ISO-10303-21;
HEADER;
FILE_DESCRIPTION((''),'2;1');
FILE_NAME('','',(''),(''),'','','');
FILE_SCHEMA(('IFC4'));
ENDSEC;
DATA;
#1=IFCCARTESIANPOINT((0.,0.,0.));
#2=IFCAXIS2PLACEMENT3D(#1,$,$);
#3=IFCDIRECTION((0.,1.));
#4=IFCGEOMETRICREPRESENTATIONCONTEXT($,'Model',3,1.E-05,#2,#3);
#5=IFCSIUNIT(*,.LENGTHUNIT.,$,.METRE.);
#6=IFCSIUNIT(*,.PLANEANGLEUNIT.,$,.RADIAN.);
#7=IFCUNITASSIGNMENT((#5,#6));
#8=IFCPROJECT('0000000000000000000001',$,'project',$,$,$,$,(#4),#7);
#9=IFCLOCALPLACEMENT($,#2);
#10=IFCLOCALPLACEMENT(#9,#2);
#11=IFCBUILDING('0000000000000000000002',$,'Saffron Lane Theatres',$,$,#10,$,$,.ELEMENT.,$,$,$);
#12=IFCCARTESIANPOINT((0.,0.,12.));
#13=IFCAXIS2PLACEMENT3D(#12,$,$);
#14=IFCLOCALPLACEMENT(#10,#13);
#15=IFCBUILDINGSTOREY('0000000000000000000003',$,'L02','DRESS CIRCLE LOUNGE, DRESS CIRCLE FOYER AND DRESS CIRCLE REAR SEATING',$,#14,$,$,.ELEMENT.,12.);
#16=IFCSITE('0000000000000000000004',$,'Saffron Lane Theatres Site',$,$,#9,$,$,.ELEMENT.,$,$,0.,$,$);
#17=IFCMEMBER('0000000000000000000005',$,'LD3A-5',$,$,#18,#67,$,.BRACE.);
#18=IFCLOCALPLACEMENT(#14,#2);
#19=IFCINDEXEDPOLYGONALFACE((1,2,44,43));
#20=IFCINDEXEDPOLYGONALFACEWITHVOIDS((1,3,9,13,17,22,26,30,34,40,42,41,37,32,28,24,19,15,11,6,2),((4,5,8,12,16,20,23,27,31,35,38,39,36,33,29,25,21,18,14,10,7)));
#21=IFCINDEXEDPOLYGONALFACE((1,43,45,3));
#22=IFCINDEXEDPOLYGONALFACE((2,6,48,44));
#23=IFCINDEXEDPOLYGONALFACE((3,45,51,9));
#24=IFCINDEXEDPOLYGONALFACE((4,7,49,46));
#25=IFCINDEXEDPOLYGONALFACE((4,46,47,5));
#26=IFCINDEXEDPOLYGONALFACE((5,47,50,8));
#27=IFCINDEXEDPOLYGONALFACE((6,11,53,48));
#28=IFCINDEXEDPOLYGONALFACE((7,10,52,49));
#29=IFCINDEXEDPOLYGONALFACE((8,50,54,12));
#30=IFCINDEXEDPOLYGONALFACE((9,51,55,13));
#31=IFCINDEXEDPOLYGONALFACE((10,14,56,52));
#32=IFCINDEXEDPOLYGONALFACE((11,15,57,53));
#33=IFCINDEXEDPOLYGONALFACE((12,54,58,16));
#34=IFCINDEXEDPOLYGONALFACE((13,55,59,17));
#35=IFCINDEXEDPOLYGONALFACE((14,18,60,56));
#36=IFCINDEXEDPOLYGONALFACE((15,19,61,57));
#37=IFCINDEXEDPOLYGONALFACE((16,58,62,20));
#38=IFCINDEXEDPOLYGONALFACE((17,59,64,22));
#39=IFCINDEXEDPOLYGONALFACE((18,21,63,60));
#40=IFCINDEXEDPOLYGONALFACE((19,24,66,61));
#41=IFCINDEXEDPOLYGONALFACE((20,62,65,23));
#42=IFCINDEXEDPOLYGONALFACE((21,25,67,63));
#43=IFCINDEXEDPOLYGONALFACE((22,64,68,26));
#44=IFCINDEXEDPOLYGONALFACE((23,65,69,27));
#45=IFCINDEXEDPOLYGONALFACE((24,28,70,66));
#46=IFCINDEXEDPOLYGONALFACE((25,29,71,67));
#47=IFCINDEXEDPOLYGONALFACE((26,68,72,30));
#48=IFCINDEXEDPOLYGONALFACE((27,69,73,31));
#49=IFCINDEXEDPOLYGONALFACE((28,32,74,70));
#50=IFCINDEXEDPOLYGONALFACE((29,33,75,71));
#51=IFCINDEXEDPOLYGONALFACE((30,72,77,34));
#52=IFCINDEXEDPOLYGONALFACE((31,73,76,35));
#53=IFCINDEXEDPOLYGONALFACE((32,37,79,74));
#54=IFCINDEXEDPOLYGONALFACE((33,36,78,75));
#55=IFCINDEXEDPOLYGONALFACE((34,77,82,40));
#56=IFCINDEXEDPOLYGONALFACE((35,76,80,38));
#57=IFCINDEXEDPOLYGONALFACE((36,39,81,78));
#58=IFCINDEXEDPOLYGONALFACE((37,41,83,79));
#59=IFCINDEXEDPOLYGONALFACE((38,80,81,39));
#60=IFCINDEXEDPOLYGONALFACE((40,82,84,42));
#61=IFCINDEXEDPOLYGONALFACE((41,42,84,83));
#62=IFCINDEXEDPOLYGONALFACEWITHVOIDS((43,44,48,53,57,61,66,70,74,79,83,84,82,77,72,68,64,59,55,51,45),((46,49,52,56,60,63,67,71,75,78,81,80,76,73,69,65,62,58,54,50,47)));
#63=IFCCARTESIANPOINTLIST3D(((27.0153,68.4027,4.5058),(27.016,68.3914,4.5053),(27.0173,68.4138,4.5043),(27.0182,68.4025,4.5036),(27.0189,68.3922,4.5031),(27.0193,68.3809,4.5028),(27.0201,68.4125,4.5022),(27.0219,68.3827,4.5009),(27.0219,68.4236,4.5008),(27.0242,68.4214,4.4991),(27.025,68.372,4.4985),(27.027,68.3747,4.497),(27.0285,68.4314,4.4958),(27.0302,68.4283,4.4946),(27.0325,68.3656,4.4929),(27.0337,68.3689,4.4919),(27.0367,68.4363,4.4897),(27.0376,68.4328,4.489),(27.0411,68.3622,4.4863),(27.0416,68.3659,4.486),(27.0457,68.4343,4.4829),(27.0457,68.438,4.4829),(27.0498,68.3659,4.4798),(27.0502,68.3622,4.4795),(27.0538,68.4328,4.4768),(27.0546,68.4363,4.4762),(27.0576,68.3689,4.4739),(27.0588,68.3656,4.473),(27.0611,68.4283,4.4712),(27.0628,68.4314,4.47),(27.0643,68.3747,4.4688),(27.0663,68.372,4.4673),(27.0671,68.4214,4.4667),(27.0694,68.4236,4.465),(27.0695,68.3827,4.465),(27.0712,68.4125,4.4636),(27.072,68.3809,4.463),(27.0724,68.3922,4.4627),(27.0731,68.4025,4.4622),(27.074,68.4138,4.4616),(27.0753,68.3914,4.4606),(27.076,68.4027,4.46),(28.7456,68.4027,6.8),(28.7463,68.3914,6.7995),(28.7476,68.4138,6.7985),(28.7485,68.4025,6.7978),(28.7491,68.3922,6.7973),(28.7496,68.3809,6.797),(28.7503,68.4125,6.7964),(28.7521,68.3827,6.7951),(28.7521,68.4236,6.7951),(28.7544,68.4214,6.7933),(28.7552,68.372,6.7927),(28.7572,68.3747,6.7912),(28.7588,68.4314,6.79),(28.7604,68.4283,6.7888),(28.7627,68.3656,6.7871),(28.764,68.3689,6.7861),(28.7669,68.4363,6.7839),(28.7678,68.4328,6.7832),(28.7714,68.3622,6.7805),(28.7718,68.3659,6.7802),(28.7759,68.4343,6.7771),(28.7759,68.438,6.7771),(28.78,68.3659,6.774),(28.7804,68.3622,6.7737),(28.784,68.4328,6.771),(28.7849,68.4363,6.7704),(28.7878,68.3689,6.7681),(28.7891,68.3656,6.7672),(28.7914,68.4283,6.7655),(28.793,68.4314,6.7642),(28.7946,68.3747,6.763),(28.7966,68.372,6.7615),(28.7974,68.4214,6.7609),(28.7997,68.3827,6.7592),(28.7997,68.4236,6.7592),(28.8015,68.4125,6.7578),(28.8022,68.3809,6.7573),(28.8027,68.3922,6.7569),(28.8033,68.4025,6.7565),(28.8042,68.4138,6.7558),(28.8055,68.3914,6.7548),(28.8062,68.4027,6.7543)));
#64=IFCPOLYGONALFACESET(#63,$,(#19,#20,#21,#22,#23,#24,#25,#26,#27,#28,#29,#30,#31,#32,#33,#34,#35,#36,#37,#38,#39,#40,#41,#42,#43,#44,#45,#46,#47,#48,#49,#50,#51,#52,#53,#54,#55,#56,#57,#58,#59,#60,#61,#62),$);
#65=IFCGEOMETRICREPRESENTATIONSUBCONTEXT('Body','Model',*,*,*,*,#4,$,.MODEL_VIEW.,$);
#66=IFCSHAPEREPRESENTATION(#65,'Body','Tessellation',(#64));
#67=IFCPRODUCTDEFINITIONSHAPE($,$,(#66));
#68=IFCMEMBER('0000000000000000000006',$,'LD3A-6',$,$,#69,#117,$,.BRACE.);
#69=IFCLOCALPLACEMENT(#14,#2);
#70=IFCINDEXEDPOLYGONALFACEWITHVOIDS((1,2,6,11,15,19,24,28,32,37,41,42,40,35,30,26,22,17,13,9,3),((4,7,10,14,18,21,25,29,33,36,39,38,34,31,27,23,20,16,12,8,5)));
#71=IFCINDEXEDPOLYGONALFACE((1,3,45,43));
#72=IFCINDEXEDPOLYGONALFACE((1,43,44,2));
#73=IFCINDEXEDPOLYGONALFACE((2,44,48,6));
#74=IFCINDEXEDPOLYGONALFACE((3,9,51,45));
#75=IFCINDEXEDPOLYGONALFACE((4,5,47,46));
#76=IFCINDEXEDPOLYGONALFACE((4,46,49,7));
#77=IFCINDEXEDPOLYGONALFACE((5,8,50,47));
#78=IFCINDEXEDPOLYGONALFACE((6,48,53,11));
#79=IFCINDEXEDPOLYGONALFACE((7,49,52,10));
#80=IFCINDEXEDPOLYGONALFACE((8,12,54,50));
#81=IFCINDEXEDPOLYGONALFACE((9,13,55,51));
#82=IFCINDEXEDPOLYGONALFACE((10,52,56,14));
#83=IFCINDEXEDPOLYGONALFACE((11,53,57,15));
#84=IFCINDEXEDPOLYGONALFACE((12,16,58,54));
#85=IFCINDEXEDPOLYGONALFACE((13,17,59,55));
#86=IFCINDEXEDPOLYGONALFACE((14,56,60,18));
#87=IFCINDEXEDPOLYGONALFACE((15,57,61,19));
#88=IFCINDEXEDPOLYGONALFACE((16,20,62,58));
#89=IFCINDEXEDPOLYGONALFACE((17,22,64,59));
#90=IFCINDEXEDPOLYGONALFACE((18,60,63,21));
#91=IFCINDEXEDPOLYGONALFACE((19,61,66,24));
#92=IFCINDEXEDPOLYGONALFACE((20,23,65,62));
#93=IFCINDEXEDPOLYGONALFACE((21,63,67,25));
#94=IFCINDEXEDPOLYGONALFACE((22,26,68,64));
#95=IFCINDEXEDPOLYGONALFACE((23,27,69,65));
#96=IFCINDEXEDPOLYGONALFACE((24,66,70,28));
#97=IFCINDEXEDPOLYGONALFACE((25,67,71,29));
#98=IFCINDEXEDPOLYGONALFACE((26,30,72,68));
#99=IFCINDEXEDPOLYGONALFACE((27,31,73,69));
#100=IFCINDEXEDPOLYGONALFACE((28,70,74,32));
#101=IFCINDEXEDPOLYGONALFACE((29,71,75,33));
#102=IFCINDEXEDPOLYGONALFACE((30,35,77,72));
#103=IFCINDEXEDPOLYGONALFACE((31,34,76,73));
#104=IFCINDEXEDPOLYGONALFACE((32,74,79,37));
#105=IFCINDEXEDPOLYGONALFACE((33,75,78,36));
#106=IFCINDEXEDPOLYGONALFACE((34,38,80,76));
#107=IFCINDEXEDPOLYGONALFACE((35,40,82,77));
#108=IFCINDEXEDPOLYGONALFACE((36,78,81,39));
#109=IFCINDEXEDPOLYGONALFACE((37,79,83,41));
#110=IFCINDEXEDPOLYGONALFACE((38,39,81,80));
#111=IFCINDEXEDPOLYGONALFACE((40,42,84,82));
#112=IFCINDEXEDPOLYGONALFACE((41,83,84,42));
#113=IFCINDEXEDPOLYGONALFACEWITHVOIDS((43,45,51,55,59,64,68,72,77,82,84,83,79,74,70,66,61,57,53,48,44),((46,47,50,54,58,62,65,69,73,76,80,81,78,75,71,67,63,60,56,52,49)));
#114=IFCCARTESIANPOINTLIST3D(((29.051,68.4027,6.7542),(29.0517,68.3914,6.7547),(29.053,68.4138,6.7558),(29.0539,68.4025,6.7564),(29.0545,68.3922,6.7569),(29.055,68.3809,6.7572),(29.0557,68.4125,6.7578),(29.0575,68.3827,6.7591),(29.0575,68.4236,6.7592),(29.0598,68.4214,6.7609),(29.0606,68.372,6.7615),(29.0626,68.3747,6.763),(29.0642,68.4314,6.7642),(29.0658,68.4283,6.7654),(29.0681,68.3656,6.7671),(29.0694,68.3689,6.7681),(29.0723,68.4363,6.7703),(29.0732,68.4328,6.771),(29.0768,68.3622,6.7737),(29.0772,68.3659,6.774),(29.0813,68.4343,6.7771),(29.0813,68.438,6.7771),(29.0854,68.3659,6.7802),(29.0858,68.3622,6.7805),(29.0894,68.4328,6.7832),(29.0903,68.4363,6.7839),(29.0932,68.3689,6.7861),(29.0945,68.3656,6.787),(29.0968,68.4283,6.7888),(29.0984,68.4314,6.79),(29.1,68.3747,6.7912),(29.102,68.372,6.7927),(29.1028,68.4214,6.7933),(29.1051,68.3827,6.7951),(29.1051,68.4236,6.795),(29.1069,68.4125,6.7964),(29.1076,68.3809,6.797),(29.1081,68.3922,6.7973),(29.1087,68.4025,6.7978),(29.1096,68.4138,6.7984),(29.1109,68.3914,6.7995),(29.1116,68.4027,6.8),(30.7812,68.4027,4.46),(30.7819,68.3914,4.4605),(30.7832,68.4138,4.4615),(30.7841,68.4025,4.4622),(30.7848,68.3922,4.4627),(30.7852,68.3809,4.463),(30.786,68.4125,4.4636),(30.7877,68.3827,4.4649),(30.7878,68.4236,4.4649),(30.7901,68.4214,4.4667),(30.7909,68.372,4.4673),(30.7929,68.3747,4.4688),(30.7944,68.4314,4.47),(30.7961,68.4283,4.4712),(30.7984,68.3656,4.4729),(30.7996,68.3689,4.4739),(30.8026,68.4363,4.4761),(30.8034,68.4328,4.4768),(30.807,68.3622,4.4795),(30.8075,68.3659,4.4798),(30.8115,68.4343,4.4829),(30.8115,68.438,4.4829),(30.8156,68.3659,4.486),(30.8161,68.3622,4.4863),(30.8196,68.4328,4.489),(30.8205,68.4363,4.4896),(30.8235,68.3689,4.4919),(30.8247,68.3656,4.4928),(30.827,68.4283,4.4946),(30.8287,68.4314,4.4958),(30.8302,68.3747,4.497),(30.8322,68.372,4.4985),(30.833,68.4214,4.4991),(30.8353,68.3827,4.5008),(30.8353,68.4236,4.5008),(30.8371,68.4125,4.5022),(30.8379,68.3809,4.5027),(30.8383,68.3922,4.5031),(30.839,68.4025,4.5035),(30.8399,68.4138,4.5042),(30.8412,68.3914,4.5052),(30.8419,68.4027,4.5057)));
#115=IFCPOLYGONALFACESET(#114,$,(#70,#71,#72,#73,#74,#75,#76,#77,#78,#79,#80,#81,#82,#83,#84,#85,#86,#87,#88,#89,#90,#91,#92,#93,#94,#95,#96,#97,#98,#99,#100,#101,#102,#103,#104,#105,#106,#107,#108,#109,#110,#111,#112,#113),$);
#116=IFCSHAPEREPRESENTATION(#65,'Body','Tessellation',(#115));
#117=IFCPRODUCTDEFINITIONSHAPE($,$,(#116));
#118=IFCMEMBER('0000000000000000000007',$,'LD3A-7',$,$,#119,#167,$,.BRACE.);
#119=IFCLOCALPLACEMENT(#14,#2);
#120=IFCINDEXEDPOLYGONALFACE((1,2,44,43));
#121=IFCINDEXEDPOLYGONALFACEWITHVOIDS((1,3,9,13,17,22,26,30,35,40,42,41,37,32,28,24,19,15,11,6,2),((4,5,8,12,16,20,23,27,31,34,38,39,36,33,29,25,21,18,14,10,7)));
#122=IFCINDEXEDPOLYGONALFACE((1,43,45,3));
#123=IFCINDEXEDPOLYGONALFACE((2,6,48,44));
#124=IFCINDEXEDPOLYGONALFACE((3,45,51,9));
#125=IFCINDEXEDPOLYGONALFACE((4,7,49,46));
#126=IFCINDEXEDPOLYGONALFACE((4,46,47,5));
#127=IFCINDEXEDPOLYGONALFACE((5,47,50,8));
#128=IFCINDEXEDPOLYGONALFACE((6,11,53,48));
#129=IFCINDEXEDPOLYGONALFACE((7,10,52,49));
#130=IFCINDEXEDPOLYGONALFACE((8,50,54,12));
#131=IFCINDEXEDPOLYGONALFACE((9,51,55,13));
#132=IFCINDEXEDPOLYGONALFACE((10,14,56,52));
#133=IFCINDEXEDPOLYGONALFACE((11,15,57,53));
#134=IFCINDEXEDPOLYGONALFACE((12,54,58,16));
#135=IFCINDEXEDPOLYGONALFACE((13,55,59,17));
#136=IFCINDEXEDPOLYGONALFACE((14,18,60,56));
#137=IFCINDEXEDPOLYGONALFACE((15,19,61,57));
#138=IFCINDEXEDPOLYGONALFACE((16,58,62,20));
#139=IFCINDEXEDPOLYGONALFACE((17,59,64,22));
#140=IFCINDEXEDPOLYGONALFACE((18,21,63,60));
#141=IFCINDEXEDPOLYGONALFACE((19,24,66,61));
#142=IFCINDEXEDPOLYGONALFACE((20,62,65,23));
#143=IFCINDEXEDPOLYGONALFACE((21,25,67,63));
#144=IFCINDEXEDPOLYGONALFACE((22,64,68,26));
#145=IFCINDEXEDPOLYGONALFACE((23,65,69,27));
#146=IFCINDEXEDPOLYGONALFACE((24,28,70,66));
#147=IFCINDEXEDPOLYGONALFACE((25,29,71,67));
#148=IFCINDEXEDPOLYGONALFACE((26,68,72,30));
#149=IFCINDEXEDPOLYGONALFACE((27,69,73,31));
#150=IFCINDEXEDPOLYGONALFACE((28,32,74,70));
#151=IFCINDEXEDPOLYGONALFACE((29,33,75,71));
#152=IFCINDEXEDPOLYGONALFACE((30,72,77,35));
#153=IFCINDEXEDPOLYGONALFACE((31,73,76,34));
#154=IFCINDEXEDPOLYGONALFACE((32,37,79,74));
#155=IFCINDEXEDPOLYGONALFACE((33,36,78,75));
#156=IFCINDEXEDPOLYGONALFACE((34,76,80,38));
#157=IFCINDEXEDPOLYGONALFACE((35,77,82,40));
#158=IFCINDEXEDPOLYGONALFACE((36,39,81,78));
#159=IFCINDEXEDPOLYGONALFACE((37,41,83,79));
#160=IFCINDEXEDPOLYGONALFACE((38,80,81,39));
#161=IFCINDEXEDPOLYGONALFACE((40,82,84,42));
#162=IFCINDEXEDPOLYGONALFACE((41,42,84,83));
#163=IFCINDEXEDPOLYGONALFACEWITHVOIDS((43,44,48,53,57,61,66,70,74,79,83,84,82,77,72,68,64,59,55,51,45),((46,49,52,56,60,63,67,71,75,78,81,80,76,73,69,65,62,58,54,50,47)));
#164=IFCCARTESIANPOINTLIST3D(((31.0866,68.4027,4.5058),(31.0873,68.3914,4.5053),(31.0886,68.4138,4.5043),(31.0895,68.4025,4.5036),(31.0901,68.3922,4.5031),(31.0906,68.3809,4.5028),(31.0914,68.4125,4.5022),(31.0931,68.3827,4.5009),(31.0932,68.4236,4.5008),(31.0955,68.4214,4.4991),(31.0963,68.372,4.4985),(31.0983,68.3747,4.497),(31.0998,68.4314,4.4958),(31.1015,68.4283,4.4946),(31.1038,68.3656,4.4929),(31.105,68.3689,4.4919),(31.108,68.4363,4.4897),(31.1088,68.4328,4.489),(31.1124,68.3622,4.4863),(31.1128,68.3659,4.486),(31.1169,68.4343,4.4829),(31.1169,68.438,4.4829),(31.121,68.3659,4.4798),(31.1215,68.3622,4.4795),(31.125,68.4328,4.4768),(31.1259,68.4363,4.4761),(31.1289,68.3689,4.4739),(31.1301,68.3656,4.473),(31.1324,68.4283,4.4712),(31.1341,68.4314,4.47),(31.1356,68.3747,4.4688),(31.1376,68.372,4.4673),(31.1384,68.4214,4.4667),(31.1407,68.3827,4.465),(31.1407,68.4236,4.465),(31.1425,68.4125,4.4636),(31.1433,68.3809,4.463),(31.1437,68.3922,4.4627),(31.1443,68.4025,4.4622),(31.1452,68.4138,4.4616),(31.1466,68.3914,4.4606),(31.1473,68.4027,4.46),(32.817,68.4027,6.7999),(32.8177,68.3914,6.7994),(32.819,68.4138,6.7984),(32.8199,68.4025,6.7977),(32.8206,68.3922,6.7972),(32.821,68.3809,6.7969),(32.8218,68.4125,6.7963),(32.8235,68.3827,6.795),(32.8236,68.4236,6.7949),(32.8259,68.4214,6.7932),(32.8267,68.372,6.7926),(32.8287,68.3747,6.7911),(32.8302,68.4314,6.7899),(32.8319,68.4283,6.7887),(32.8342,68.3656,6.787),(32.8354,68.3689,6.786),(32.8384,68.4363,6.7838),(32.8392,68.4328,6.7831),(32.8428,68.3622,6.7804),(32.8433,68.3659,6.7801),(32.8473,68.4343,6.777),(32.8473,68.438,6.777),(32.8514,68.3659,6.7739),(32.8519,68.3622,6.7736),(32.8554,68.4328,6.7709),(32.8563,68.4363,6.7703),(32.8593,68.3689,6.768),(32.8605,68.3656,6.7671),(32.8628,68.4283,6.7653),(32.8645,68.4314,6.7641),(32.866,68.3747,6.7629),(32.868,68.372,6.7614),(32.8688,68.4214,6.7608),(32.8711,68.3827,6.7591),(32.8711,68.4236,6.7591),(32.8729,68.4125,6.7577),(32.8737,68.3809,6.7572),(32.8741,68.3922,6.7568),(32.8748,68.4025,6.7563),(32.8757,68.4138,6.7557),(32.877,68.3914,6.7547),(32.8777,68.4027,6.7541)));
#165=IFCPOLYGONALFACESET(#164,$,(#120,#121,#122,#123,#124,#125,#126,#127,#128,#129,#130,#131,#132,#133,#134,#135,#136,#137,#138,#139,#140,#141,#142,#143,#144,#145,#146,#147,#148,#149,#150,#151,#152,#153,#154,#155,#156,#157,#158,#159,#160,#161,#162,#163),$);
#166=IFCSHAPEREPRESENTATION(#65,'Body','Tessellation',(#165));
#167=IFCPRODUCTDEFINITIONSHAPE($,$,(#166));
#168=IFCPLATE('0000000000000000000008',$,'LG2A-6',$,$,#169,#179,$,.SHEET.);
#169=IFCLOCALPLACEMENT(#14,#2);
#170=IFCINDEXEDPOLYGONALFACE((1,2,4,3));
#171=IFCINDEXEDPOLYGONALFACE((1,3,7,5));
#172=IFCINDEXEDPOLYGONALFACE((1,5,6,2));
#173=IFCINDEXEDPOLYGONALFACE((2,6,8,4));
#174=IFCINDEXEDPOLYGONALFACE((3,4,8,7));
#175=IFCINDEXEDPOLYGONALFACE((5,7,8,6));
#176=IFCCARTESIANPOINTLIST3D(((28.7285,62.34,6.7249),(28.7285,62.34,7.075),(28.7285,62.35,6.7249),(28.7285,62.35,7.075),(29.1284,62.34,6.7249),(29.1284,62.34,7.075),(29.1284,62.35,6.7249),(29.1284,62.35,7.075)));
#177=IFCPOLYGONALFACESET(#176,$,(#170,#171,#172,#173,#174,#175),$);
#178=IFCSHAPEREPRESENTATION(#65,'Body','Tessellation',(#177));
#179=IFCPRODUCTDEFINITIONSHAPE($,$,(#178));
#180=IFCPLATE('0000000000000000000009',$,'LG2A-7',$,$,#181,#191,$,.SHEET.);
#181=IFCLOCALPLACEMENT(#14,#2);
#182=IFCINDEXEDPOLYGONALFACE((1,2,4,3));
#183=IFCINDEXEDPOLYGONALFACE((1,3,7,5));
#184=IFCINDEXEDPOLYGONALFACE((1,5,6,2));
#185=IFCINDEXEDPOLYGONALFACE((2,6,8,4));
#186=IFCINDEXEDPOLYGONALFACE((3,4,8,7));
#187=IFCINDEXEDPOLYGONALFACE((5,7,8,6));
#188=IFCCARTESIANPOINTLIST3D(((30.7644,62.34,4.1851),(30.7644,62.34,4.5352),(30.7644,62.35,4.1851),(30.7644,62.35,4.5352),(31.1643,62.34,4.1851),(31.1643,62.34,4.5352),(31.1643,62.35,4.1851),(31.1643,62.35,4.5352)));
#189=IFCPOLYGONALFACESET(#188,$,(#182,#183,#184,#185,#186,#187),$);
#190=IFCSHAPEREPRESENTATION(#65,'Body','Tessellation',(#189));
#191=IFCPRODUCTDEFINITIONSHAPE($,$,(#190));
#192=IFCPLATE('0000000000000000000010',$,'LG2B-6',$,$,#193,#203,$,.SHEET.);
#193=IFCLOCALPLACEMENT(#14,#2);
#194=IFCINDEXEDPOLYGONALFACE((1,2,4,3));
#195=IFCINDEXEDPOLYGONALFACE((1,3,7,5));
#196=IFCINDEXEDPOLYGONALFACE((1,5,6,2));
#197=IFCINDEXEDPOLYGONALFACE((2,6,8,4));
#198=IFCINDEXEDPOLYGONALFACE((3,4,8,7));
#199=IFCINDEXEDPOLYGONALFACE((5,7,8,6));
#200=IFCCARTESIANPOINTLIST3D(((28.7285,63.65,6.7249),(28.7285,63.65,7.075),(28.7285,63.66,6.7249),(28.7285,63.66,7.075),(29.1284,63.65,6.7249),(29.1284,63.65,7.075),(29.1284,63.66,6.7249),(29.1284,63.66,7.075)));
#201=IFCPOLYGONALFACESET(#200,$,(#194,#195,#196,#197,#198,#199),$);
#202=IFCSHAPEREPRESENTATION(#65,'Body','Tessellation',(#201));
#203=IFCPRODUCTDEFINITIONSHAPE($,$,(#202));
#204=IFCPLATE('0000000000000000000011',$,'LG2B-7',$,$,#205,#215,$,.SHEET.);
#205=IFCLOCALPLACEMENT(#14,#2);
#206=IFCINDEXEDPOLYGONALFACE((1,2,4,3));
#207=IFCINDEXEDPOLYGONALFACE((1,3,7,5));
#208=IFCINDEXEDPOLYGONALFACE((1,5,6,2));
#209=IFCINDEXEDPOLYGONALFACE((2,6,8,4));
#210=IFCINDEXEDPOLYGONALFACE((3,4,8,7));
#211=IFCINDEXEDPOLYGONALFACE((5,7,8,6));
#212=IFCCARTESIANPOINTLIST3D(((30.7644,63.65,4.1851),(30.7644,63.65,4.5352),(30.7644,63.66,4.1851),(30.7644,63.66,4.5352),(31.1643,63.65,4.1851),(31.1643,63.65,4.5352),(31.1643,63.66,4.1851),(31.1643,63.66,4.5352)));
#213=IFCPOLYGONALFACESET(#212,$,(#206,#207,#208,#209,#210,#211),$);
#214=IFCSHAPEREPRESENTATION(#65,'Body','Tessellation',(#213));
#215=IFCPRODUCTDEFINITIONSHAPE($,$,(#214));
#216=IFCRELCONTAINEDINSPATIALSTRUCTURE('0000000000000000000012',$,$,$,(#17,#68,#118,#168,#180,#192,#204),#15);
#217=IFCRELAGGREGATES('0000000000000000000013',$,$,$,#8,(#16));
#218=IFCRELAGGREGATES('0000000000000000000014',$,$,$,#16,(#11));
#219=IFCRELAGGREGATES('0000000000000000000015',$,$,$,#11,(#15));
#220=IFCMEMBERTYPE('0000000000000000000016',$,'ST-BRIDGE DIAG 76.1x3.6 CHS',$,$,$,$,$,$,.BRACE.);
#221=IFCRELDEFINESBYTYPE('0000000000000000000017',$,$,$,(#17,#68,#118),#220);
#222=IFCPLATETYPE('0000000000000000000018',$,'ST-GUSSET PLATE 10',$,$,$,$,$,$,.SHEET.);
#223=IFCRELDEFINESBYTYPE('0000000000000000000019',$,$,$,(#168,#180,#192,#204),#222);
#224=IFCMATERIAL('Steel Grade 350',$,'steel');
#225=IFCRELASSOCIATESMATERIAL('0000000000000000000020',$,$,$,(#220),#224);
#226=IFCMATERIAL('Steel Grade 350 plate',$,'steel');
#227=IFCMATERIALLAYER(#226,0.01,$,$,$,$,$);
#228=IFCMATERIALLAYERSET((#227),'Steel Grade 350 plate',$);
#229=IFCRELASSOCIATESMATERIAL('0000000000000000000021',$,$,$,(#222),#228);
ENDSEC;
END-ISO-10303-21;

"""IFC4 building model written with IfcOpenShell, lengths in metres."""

from ifc_helpers import new_model, si_unit, direction, frame, origin, origin_2d, place, context, subcontext, project, spatial, rectangle, hollow_circle, extrude, material, layer, layer_set, material_profile, profile_set, type_object, element, save


model = new_model("IFC4")

# Units and contexts
model_context = context("Model", 3, precision=1e-05, world=origin(), true_north=direction((0.0, 1.0)))
body_context = subcontext(model_context, "Body", "Model", "MODEL_VIEW")
ifc_project = project(units=[si_unit("LENGTHUNIT", "METRE"), si_unit("PLANEANGLEUNIT", "RADIAN")], contexts=[model_context])

# Site, building, storey
site_placement = place(None, origin())
site = spatial("IfcSite", under=ifc_project, at=site_placement, Name="Saffron Lane Theatres Site", CompositionType="ELEMENT", RefElevation=0.0)
building_placement = place(site_placement, origin())
building = spatial("IfcBuilding", under=site, at=building_placement, Name="Saffron Lane Theatres", CompositionType="ELEMENT")
storey_placement = place(building_placement, frame((0.0, 0.0, 12.0)))
storey = spatial("IfcBuildingStorey", under=building, at=storey_placement, Name="L02", Description="DRESS CIRCLE LOUNGE, DRESS CIRCLE FOYER AND DRESS CIRCLE REAR SEATING", CompositionType="ELEMENT", Elevation=12.0)

# Members
ifc_material_1 = material(Name="Steel Grade 350", Category="steel")
ifc_material_profile_1 = material_profile(ifc_material_1, hollow_circle(Radius=0.0381, WallThickness=0.0037, at=origin_2d()))
ifc_profile_set_1 = profile_set([ifc_material_profile_1], Name="Steel Grade 350")
member_type = type_object("IfcMemberType", Name="ST-BRIDGE DIAG 76.1x3.6 CHS", PredefinedType="BRACE", material=ifc_profile_set_1)
for number, where, z_axis, x_axis, name in (
    (1, (27.0457, 68.3999, 4.4829), (0.602132, 0.0, 0.798396), (0.0, 1.0, 0.0), "LD3A-5"),
    (2, (29.0813, 68.3999, 6.7771), (0.602132, 0.0, -0.798396), (0.0, 1.0, 0.0), "LD3A-6"),
    (3, (31.1169, 68.3999, 4.4829), (0.602186, 0.0, 0.798356), (0.0, 1.0, 0.0), "LD3A-7"),
):
    element("IfcMember", number, at=place(storey_placement, frame(where, z_axis=z_axis, x_axis=x_axis)), inside=storey, type_object=member_type, Name=name, PredefinedType="BRACE", context=body_context, shape_type="SweptSolid", body=[
        extrude(hollow_circle(Radius=0.0381, WallThickness=0.0037, at=origin_2d()), origin(), (0.0, 0.0, 1.0), 2.8735),
    ])

# Plates
ifc_material_2 = material(Name="Steel Grade 350 plate", Category="steel")
ifc_layer = layer(ifc_material_2, 0.01)
ifc_layer_set = layer_set([ifc_layer], Name="Steel Grade 350 plate")
plate_type = type_object("IfcPlateType", Name="ST-GUSSET PLATE 10", PredefinedType="SHEET", material=ifc_layer_set)
for number, where, z_axis, x_axis, name in (
    (4, (28.9285, 62.345, 6.7249), (0.0, 0.0, 1.0), (1.0, 0.0, 0.0), "LG2A-6"),
    (5, (30.9644, 62.345, 4.1851), (0.0, 0.0, 1.0), (1.0, 0.0, 0.0), "LG2A-7"),
    (6, (28.9285, 63.655, 6.7249), (0.0, 0.0, 1.0), (1.0, 0.0, 0.0), "LG2B-6"),
    (7, (30.9644, 63.655, 4.1851), (0.0, 0.0, 1.0), (1.0, 0.0, 0.0), "LG2B-7"),
):
    element("IfcPlate", number, at=place(storey_placement, frame(where, z_axis=z_axis, x_axis=x_axis)), inside=storey, type_object=plate_type, Name=name, PredefinedType="SHEET", context=body_context, shape_type="SweptSolid", body=[
        extrude(rectangle(XDim=0.3999, YDim=0.01, at=origin_2d()), origin(), (0.0, 0.0, 1.0), 0.3501),
    ])

save(model, "model.ifc")
